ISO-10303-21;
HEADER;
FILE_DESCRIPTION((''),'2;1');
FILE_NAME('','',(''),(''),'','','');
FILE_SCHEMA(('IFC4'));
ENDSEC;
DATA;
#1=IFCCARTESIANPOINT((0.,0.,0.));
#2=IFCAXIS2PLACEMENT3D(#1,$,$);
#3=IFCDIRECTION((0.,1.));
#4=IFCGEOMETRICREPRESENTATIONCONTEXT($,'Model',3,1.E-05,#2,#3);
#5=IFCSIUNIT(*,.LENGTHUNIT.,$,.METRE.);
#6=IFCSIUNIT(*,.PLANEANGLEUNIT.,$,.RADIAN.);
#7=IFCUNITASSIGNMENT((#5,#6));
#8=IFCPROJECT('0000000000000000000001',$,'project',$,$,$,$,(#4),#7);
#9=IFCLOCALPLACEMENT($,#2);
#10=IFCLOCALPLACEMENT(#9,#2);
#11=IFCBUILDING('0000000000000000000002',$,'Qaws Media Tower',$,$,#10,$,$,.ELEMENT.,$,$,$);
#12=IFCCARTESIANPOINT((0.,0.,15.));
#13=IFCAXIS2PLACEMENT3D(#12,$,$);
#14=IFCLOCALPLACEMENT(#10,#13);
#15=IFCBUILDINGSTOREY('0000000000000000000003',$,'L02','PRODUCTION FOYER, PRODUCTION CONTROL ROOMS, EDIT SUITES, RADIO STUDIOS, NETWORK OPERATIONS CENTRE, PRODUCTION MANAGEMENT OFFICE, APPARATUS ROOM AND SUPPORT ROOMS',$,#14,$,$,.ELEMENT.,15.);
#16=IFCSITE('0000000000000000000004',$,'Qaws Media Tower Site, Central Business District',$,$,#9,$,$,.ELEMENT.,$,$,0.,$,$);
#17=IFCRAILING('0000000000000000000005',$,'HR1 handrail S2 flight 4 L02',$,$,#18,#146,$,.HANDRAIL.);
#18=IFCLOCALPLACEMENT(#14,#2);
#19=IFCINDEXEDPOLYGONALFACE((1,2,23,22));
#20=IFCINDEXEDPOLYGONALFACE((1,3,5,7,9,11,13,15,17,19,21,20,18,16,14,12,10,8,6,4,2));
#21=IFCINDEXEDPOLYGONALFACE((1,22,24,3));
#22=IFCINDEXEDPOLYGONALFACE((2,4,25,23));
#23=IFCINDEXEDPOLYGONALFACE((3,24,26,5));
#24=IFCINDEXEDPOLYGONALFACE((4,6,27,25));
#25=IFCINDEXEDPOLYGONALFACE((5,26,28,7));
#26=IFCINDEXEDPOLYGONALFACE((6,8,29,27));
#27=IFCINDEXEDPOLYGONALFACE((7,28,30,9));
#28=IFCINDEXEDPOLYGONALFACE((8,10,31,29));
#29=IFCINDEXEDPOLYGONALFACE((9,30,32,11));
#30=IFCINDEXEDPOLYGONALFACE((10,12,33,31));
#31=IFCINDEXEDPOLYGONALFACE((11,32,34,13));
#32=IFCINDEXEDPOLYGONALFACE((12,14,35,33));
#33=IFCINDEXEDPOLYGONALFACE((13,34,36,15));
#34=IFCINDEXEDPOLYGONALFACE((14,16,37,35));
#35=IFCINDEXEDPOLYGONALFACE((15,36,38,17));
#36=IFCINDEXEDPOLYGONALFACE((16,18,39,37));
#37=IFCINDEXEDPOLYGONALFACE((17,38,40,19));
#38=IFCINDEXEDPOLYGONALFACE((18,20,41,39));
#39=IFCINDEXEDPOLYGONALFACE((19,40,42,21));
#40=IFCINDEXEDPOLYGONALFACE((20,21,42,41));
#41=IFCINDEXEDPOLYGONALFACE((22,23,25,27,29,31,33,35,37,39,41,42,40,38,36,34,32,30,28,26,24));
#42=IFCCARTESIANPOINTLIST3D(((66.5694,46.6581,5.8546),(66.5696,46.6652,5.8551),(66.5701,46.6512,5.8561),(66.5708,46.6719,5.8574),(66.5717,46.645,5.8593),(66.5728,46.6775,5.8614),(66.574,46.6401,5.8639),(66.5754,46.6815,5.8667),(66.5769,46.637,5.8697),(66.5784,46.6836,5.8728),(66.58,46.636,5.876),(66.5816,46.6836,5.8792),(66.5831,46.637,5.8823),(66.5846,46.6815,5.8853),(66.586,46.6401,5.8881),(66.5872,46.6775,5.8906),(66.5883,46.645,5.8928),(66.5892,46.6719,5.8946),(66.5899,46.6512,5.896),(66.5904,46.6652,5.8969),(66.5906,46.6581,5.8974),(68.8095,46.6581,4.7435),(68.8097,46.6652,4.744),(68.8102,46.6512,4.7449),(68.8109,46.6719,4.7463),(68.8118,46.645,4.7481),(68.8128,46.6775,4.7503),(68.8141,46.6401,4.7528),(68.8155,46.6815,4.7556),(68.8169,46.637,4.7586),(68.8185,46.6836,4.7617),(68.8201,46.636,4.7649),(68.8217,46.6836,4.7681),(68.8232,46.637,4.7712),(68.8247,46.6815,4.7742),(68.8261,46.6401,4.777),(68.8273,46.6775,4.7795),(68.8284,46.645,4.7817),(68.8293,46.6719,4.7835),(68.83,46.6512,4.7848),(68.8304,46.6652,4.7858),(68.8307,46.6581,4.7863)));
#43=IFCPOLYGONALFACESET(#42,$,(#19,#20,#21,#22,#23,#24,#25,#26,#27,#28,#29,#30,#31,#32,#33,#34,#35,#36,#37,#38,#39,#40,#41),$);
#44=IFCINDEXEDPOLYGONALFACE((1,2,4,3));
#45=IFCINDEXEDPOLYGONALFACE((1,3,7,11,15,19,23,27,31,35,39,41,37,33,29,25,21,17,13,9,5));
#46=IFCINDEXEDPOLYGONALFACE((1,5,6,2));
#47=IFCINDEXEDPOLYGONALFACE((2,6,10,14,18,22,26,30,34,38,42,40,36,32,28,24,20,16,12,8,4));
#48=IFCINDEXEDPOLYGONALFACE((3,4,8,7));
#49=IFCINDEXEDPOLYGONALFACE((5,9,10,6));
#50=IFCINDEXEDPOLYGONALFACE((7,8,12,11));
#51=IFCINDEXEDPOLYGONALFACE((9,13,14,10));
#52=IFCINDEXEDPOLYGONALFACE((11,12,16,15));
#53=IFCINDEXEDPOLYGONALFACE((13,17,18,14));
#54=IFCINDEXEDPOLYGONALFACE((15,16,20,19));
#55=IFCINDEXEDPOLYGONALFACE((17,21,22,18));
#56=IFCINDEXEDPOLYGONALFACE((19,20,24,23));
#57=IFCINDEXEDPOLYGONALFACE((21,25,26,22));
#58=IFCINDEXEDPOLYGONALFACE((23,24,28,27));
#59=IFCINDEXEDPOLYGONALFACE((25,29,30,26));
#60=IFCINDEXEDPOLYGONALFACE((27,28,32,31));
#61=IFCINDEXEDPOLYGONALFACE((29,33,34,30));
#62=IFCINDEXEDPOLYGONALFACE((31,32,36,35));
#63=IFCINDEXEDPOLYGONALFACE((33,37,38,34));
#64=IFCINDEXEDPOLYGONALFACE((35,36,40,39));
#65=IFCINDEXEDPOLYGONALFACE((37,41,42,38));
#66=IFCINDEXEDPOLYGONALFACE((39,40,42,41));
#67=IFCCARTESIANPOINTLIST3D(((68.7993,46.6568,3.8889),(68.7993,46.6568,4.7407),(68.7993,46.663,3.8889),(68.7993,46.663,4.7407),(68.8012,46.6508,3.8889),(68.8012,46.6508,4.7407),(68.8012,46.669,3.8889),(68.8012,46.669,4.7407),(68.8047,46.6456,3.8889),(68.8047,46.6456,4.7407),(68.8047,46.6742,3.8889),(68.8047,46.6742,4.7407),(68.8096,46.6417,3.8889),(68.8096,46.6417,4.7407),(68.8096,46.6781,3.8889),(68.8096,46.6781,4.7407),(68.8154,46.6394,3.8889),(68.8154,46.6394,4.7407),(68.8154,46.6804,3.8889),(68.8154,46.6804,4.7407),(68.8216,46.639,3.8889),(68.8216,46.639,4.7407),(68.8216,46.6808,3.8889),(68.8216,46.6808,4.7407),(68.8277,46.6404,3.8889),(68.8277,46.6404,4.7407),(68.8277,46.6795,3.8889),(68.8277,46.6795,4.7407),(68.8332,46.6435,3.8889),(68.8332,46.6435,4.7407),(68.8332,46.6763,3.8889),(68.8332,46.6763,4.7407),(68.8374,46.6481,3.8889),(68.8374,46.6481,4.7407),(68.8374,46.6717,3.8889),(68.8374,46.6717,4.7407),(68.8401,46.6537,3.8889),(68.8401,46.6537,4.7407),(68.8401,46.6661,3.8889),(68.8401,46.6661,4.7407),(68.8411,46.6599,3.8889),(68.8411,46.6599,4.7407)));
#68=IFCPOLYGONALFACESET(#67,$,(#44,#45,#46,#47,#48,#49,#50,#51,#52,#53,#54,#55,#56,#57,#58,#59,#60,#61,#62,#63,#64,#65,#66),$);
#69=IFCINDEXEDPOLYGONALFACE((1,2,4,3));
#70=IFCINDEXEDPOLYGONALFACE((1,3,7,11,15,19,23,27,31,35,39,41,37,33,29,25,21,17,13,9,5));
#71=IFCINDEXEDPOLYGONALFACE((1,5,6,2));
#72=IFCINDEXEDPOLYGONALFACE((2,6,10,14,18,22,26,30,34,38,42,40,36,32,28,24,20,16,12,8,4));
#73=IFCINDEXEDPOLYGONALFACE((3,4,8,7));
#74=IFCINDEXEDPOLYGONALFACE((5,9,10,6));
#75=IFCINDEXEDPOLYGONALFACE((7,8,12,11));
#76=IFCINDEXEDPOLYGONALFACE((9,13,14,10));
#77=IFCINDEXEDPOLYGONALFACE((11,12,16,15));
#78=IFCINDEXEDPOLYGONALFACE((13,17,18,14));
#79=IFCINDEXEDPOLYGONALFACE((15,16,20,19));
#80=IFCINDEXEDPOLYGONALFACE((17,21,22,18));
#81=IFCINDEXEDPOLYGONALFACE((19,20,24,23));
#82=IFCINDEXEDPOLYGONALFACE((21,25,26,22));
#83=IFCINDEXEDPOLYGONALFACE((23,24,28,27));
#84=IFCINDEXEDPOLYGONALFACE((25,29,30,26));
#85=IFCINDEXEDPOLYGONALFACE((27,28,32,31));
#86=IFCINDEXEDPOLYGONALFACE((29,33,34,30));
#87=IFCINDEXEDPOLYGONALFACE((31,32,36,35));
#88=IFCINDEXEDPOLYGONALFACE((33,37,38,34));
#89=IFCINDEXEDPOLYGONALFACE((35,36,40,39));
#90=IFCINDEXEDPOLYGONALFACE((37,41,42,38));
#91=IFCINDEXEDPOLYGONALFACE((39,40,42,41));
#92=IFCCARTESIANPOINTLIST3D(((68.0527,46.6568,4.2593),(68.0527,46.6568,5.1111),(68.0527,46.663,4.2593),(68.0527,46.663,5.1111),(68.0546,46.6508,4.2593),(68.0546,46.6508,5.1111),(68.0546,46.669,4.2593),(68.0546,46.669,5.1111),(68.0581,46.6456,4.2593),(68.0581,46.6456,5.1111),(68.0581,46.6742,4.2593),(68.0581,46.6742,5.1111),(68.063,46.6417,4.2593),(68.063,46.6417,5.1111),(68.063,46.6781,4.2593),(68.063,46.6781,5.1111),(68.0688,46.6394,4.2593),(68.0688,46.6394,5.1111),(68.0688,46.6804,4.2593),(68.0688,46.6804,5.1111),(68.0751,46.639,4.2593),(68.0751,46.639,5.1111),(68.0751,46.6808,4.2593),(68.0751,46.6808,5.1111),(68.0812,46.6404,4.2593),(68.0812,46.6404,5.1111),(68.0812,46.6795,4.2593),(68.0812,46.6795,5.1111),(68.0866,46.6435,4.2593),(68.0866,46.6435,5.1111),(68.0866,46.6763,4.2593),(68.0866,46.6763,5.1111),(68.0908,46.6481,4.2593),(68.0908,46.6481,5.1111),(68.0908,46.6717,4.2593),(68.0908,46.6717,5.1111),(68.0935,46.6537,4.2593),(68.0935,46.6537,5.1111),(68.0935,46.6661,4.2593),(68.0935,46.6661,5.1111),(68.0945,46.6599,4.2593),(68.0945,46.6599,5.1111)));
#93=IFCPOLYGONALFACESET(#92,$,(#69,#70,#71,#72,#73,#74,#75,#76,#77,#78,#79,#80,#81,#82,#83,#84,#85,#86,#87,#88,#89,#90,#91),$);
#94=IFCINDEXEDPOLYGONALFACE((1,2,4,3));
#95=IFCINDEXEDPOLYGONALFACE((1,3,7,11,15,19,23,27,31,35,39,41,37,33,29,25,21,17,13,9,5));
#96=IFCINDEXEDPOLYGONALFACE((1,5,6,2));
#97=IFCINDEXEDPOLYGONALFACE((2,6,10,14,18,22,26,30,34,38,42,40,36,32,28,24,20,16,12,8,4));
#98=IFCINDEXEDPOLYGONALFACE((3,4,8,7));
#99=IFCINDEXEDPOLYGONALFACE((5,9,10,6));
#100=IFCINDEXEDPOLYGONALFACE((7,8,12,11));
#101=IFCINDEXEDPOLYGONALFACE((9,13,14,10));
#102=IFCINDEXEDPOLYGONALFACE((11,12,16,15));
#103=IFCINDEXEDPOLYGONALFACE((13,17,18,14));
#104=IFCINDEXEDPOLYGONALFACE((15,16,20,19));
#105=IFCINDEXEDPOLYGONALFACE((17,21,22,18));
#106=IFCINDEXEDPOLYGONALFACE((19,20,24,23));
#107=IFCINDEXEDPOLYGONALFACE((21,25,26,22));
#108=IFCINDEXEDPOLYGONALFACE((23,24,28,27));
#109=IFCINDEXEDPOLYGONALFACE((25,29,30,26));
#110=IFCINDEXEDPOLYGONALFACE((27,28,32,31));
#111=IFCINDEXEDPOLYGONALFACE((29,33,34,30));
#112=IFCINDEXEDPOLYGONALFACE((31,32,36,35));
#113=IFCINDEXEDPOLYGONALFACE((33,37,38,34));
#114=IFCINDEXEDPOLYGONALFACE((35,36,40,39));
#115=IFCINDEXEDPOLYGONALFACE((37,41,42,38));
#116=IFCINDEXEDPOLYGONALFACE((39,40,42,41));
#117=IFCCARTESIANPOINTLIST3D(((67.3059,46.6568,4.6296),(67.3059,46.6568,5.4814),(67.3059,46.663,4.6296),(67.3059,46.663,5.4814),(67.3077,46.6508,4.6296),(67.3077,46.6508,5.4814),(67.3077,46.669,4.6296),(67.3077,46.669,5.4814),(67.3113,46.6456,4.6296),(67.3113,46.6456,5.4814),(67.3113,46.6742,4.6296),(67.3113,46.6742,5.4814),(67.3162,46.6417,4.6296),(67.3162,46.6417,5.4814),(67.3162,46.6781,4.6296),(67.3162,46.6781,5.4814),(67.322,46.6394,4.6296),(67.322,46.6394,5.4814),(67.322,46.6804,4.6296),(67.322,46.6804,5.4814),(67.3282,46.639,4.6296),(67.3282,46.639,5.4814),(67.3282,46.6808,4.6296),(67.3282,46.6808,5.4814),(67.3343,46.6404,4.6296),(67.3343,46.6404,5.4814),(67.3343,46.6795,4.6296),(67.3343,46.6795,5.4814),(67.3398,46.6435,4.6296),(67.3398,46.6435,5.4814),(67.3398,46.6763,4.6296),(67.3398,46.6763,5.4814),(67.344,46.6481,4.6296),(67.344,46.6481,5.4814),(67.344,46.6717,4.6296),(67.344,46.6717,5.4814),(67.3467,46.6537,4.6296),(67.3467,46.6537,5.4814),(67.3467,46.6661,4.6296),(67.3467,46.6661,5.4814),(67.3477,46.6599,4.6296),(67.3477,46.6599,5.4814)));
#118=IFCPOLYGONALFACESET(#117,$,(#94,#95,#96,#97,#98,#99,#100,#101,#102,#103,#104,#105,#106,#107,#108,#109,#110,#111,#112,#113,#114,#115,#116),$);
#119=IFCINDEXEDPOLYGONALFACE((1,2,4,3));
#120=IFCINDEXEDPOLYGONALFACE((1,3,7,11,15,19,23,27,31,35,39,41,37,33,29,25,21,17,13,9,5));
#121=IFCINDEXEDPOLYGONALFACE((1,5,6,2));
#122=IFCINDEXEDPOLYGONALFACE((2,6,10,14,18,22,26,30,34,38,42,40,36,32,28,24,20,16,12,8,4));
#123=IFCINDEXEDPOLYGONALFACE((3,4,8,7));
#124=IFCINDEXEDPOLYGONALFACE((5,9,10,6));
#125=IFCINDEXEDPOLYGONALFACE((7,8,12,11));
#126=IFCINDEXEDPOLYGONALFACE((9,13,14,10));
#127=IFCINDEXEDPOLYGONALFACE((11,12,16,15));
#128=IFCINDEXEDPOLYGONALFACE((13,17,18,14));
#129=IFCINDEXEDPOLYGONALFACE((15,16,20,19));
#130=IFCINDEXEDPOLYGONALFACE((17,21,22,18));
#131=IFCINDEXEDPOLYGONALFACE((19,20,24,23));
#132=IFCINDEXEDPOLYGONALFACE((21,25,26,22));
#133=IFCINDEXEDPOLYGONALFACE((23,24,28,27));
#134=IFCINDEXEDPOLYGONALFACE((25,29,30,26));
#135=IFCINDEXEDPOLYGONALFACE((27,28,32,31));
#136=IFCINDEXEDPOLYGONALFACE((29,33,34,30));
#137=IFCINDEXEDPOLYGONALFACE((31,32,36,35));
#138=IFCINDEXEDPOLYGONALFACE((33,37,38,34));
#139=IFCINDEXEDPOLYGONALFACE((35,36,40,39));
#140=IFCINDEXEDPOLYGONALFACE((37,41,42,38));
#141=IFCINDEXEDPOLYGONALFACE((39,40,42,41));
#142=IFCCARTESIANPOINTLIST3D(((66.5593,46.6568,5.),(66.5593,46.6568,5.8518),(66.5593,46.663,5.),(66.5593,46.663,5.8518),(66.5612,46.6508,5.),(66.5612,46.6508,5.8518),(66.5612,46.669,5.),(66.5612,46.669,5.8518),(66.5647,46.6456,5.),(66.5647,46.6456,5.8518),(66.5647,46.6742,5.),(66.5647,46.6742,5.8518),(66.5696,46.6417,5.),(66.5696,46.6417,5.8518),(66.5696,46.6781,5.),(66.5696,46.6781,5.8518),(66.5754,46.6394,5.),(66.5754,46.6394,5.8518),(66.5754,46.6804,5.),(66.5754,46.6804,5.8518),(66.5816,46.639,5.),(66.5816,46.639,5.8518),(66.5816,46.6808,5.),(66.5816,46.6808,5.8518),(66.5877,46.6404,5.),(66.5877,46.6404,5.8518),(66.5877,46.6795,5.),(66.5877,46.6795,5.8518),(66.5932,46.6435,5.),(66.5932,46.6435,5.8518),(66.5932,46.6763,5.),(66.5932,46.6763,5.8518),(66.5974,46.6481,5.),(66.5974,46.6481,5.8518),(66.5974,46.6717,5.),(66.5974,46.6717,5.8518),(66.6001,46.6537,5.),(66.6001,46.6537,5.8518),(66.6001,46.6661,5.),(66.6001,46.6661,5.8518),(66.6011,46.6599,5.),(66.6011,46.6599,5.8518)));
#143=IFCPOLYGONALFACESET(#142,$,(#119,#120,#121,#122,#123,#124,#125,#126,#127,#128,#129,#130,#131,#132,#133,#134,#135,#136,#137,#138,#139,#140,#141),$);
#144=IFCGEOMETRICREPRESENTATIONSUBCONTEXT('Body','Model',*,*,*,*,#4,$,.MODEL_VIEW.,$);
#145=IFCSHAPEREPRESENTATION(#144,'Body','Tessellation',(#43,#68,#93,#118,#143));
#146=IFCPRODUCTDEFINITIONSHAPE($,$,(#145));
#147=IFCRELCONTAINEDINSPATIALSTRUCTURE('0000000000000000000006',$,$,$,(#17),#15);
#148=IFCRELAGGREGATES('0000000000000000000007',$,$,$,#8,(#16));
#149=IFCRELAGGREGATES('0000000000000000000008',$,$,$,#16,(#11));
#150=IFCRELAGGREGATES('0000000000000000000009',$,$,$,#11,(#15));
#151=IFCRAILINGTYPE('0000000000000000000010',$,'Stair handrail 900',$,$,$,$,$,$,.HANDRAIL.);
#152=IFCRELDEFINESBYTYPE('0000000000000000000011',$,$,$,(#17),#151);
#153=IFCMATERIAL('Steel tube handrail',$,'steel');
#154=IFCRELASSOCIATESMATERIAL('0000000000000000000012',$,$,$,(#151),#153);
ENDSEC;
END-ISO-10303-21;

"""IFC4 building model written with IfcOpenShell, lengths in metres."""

from ifc_helpers import new_model, si_unit, direction, frame, origin, origin_2d, place, context, subcontext, project, spatial, circle, extrude, material, type_object, element, save


model = new_model("IFC4")

# Units and contexts
model_context = context("Model", 3, precision=1e-05, world=origin(), true_north=direction((0.0, 1.0)))
body_context = subcontext(model_context, "Body", "Model", "MODEL_VIEW")
ifc_project = project(units=[si_unit("LENGTHUNIT", "METRE"), si_unit("PLANEANGLEUNIT", "RADIAN")], contexts=[model_context])

# Site, building, storey
site_placement = place(None, origin())
site = spatial("IfcSite", under=ifc_project, at=site_placement, Name="Qaws Media Tower Site, Central Business District", CompositionType="ELEMENT", RefElevation=0.0)
building_placement = place(site_placement, origin())
building = spatial("IfcBuilding", under=site, at=building_placement, Name="Qaws Media Tower", CompositionType="ELEMENT")
storey_placement = place(building_placement, frame((0.0, 0.0, 15.0)))
storey = spatial("IfcBuildingStorey", under=building, at=storey_placement, Name="L02", Description="PRODUCTION FOYER, PRODUCTION CONTROL ROOMS, EDIT SUITES, RADIO STUDIOS, NETWORK OPERATIONS CENTRE, PRODUCTION MANAGEMENT OFFICE, APPARATUS ROOM AND SUPPORT ROOMS", CompositionType="ELEMENT", Elevation=15.0)

# Railing
ifc_material_1 = material(Name="Steel tube handrail", Category="steel")
railing_type = type_object("IfcRailingType", Name="Stair handrail 900", PredefinedType="HANDRAIL", material=ifc_material_1)
for number, where, name in (
    (1, (68.8201, 46.6599, 3.8889), "HR1 handrail S2 flight 4 L02"),
):
    element("IfcRailing", number, at=place(storey_placement, frame(where)), inside=storey, type_object=railing_type, Name=name, PredefinedType="HANDRAIL", context=body_context, shape_type="SweptSolid", body=[
        extrude(circle(Radius=0.0239, at=origin_2d()), frame((0.0, 0.0, 0.876), z_axis=(-0.895848, 0.0, 0.44436), x_axis=(0.0, -1.0, 0.0)), (0.0, 0.0, 1.0), 2.5005),
        extrude(circle(Radius=0.021, at=origin_2d()), origin(), (0.0, 0.0, 1.0), 0.8518),
        extrude(circle(Radius=0.021, at=origin_2d()), frame((-0.7466, 0.0, 0.3704)), (0.0, 0.0, 1.0), 0.8518),
        extrude(circle(Radius=0.021, at=origin_2d()), frame((-1.4934, 0.0, 0.7407)), (0.0, 0.0, 1.0), 0.8518),
        extrude(circle(Radius=0.021, at=origin_2d()), frame((-2.24, 0.0, 1.1111)), (0.0, 0.0, 1.0), 0.8518),
    ])

save(model, "model.ifc")
